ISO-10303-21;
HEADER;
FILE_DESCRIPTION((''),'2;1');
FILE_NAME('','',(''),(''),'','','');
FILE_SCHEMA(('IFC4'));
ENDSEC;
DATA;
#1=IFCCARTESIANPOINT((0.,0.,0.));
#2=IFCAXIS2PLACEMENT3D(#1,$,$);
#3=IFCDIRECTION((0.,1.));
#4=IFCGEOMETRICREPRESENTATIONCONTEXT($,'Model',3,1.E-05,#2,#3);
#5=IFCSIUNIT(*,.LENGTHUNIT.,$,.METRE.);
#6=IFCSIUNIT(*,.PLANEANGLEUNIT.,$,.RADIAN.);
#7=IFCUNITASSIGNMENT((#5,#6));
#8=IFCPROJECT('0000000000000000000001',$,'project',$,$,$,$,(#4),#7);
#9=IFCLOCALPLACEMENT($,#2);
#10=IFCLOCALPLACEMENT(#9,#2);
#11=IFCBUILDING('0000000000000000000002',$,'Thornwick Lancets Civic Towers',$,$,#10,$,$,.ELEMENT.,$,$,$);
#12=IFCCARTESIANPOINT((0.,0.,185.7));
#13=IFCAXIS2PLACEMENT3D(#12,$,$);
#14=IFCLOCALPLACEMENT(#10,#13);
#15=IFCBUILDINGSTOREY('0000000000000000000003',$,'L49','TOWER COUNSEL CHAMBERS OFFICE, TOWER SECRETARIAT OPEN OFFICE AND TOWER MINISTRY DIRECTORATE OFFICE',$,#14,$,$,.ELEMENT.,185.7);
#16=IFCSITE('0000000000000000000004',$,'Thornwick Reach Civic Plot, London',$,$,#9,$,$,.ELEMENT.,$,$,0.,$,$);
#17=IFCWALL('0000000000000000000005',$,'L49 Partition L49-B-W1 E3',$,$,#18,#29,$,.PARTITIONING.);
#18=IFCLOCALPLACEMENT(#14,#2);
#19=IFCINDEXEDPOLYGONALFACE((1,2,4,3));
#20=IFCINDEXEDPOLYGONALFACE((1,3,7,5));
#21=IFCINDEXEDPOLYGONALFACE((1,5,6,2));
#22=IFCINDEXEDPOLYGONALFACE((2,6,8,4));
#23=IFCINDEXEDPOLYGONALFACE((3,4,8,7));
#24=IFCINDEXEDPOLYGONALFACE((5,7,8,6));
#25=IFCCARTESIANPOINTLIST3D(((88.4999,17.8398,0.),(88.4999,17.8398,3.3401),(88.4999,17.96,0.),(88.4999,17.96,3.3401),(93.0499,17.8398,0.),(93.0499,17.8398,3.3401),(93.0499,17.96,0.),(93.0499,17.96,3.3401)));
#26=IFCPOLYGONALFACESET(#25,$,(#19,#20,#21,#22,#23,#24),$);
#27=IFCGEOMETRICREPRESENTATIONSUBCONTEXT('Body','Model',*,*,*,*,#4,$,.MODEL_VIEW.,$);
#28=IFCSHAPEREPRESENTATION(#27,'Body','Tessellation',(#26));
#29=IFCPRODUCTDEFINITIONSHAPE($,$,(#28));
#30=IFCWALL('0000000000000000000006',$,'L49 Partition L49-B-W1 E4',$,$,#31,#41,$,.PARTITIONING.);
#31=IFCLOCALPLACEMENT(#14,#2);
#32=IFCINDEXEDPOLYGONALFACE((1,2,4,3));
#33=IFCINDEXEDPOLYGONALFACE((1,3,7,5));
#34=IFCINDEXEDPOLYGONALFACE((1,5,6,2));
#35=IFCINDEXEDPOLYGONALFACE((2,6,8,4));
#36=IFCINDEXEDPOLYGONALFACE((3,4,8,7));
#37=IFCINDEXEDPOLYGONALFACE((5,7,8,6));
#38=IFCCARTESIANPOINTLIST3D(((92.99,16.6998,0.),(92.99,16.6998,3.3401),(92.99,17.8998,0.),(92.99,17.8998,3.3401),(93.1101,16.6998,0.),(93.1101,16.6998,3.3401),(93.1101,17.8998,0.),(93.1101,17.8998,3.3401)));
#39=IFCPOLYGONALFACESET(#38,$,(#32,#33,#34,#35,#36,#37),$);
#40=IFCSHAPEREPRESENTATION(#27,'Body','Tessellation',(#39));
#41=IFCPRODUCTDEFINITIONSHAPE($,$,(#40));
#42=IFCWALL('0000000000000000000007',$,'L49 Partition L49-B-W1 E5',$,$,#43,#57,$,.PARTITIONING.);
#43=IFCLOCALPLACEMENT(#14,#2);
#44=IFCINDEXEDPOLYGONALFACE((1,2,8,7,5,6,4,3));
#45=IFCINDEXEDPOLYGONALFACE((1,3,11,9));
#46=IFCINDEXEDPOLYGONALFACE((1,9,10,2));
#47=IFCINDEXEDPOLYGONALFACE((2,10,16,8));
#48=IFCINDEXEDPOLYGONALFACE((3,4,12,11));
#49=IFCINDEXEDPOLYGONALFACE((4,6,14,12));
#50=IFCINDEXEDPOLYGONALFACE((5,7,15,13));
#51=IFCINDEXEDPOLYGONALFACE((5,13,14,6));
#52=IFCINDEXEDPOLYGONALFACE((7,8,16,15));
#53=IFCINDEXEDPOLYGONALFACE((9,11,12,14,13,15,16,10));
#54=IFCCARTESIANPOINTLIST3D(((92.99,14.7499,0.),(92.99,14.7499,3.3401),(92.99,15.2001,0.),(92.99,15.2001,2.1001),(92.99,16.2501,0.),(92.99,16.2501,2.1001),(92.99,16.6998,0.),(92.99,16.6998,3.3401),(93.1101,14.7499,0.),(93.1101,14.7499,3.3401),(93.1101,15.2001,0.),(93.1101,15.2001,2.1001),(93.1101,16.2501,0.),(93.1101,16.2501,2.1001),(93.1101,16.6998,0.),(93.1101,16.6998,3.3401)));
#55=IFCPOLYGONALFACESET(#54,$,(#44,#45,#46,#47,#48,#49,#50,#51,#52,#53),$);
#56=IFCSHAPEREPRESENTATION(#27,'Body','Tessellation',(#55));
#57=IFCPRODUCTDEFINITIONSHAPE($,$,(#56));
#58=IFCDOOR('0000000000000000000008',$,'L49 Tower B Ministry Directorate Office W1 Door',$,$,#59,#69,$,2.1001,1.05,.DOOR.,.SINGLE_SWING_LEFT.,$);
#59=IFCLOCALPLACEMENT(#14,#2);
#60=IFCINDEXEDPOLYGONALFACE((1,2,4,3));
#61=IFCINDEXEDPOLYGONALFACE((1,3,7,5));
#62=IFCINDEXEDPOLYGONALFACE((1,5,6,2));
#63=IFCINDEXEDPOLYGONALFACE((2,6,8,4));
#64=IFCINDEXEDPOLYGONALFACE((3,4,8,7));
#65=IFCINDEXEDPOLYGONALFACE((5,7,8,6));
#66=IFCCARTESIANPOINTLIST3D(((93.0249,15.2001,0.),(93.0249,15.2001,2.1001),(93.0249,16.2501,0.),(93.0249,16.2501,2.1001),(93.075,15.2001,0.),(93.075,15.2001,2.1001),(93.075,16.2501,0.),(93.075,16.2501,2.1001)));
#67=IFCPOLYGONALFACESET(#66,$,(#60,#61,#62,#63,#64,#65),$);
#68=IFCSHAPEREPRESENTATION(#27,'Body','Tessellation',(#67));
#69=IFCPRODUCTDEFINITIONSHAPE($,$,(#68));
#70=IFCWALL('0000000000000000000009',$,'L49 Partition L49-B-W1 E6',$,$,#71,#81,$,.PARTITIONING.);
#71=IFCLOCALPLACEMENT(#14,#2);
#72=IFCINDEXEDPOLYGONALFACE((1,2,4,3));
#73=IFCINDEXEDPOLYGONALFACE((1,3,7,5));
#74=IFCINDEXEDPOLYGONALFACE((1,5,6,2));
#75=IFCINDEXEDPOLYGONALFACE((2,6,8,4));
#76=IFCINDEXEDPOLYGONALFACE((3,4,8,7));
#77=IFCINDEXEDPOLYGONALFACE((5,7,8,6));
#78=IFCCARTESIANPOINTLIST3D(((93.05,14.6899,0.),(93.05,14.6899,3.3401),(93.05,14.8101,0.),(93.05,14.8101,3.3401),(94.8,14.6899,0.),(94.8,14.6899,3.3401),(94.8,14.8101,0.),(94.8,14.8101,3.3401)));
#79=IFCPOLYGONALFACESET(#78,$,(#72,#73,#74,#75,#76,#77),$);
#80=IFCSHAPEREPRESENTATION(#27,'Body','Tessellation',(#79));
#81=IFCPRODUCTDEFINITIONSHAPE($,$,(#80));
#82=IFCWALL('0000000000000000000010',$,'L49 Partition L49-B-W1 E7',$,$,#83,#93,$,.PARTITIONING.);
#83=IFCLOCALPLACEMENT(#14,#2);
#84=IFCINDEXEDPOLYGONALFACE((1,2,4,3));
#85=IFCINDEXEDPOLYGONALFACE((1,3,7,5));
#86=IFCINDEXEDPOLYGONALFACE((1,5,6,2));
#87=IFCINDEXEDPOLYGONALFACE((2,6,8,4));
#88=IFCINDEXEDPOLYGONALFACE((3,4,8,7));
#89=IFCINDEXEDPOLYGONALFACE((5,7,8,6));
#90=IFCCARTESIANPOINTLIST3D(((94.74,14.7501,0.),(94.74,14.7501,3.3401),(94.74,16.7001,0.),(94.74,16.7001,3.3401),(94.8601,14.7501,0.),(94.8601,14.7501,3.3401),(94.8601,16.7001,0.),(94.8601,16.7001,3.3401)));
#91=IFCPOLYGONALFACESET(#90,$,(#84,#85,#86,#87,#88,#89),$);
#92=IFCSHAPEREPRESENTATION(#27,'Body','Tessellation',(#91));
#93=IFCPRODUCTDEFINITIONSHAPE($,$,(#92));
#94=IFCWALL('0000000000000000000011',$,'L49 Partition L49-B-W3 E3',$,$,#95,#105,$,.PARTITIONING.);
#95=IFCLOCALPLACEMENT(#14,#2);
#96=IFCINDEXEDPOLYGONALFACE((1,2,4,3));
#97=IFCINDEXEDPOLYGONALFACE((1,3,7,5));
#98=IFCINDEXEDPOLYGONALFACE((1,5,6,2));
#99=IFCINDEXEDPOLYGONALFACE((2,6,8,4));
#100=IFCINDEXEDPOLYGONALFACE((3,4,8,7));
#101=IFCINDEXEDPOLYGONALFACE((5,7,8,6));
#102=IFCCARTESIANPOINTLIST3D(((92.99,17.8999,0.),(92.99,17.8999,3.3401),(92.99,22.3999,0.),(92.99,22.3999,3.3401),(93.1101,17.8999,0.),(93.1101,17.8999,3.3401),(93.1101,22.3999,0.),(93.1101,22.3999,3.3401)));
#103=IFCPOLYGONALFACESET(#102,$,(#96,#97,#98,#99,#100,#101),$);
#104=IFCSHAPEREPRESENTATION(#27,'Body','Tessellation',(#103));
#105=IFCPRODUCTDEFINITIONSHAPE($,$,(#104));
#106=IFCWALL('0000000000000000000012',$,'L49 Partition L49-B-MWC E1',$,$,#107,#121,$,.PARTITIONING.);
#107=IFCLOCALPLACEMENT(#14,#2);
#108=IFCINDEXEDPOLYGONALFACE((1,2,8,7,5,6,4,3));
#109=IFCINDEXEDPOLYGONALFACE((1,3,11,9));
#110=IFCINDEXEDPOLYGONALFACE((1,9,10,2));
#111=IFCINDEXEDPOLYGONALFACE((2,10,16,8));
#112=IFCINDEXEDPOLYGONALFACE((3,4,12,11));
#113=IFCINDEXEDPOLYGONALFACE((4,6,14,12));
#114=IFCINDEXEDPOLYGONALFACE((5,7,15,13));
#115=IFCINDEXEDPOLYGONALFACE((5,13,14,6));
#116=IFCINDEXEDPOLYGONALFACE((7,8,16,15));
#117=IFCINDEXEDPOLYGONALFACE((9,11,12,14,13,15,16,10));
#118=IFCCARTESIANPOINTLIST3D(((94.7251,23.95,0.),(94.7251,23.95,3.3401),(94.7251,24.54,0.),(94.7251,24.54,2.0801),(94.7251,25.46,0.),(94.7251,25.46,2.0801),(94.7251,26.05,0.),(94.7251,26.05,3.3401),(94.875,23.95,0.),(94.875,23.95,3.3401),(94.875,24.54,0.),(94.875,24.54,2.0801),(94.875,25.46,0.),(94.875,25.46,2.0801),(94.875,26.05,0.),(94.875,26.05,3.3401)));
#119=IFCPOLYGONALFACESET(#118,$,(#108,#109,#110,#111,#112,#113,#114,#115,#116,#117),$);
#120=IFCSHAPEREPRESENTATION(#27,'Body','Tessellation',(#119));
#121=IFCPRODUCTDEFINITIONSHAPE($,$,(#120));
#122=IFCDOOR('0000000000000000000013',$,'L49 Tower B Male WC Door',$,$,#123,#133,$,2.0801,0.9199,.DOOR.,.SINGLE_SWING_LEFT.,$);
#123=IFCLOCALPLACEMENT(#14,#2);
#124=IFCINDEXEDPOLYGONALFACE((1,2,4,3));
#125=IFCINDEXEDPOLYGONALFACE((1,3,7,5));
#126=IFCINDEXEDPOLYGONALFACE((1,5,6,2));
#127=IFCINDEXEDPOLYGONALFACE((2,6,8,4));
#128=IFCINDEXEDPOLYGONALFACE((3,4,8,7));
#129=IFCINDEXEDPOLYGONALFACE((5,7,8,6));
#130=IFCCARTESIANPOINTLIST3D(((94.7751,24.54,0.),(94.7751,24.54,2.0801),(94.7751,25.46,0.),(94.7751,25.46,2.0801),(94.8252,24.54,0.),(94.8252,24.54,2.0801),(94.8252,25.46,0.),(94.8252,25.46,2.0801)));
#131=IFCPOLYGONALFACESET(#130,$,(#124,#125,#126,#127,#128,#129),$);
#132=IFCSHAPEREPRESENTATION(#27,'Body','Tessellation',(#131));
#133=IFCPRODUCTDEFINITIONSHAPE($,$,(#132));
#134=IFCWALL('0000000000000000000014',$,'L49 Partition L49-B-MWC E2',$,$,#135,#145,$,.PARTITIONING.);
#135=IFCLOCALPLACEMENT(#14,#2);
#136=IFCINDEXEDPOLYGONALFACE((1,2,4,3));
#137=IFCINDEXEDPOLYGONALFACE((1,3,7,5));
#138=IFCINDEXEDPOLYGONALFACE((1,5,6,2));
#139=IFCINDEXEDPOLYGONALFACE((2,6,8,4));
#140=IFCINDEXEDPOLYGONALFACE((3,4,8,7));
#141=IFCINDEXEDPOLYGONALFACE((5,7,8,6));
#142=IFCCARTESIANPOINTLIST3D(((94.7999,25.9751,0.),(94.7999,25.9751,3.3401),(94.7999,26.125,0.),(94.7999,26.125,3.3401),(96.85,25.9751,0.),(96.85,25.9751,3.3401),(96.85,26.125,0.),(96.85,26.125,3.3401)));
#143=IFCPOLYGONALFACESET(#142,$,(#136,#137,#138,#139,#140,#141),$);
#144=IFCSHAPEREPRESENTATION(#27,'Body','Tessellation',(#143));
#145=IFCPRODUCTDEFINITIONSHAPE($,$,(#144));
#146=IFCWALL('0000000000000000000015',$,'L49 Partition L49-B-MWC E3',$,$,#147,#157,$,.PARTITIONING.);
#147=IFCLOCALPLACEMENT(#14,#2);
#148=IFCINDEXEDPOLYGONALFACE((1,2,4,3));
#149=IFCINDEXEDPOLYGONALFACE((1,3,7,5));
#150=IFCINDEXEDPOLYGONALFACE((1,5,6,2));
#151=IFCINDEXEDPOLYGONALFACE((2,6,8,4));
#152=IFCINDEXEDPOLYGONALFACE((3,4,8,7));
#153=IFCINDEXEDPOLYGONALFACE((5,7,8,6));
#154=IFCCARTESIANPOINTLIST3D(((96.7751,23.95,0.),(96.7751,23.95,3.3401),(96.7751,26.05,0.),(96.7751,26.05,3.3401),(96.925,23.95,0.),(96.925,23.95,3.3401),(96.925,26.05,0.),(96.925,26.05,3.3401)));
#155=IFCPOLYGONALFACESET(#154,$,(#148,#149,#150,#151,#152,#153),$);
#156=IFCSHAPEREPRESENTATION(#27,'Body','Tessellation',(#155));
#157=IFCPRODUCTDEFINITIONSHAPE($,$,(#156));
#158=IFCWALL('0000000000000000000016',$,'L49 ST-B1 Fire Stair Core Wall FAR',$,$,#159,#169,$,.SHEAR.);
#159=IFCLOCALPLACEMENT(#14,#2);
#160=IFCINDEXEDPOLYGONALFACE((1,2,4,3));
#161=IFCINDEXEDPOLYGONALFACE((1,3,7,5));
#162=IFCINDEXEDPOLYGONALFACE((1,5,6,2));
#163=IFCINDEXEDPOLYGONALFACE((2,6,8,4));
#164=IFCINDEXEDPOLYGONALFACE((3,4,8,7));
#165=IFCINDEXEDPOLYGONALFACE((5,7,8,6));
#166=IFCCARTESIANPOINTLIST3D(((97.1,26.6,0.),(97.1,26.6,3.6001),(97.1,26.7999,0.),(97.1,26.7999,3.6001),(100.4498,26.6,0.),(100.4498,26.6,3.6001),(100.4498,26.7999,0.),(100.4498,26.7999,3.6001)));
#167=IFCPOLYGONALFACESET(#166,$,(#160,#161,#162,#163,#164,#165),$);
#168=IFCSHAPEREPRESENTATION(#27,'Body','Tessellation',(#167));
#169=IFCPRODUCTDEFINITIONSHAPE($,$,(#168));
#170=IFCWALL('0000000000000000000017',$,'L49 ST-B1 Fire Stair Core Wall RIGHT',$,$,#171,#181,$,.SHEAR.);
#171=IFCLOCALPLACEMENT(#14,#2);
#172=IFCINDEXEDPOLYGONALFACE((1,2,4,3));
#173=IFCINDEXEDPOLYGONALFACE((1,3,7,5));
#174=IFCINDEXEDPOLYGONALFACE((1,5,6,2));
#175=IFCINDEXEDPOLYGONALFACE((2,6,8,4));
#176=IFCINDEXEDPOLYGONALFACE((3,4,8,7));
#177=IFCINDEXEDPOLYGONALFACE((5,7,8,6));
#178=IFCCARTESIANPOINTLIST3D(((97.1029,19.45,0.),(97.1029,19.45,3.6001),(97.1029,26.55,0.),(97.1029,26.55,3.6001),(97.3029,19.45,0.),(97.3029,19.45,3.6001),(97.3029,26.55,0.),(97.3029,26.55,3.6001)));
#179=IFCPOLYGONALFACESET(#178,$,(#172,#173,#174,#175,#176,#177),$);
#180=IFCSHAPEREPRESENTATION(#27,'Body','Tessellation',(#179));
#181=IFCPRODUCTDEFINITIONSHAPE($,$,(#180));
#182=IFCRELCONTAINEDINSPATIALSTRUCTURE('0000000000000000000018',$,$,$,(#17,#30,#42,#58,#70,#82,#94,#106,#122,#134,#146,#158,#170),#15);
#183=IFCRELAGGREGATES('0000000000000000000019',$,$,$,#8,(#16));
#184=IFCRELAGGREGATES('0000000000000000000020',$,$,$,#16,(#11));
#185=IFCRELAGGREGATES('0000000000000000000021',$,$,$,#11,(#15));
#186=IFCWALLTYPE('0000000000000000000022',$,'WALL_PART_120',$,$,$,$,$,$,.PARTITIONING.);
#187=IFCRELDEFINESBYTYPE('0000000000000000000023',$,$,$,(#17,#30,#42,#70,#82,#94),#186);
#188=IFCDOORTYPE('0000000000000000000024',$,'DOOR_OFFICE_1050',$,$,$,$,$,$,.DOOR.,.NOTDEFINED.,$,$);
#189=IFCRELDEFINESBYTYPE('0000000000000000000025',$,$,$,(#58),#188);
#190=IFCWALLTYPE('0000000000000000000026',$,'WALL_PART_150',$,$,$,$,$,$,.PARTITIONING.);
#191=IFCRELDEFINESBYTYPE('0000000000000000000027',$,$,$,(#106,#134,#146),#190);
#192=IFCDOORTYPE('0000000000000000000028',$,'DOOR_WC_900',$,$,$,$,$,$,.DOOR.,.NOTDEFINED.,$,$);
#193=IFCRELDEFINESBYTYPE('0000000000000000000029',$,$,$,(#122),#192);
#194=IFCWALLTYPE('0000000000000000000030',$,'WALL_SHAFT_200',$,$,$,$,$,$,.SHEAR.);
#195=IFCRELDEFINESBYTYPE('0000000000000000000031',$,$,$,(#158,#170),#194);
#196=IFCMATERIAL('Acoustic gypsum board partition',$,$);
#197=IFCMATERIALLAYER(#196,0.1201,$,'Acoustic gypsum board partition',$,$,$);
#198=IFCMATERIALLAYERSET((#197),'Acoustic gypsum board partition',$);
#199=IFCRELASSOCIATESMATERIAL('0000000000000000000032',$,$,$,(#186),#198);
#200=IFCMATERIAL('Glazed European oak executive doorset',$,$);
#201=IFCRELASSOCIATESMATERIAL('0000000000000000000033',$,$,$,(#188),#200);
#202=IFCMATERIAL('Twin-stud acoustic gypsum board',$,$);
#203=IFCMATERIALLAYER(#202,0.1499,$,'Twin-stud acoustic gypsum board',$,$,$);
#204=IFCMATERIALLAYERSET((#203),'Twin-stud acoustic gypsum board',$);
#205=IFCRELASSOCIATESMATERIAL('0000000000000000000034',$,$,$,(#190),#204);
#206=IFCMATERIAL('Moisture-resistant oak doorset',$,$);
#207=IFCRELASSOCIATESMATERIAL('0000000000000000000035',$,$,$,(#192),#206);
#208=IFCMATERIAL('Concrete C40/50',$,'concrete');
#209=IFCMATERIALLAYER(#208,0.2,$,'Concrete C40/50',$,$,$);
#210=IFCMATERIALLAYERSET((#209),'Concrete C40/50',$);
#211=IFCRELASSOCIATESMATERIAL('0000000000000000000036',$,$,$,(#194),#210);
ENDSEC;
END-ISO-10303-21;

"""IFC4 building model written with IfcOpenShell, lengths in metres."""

from ifc_helpers import new_model, si_unit, direction, frame, frame_2d, origin, place, context, subcontext, project, spatial, rectangle, extrude, material, layer, layer_set, type_object, element, fill, save


model = new_model("IFC4")

# Units and contexts
model_context = context("Model", 3, precision=1e-05, world=origin(), true_north=direction((0.0, 1.0)))
body_context = subcontext(model_context, "Body", "Model", "MODEL_VIEW")
ifc_project = project(units=[si_unit("LENGTHUNIT", "METRE"), si_unit("PLANEANGLEUNIT", "RADIAN")], contexts=[model_context])

# Site, building, storey
site_placement = place(None, origin())
site = spatial("IfcSite", under=ifc_project, at=site_placement, Name="Thornwick Reach Civic Plot, London", CompositionType="ELEMENT", RefElevation=0.0)
building_placement = place(site_placement, origin())
building = spatial("IfcBuilding", under=site, at=building_placement, Name="Thornwick Lancets Civic Towers", CompositionType="ELEMENT")
storey_placement = place(building_placement, frame((0.0, 0.0, 185.7)))
storey = spatial("IfcBuildingStorey", under=building, at=storey_placement, Name="L49", Description="TOWER COUNSEL CHAMBERS OFFICE, TOWER SECRETARIAT OPEN OFFICE AND TOWER MINISTRY DIRECTORATE OFFICE", CompositionType="ELEMENT", Elevation=185.7)

# Walls
ifc_material_1 = material(Name="Acoustic gypsum board partition")
ifc_layer_1 = layer(ifc_material_1, 0.1201, Name="Acoustic gypsum board partition")
ifc_layer_set_1 = layer_set([ifc_layer_1], Name="Acoustic gypsum board partition")
wall_type_1 = type_object("IfcWallType", Name="WALL_PART_120", PredefinedType="PARTITIONING", material=ifc_layer_set_1)
wall_1_placement = place(storey_placement, frame((88.5, 17.8999, 0.0), z_axis=(0.0, 0.0, 1.0), x_axis=(1.0, 0.0, 0.0)))
element("IfcWall", 1, at=wall_1_placement, inside=storey, type_object=wall_type_1, Name="L49 Partition L49-B-W1 E3", PredefinedType="PARTITIONING", context=body_context, shape_type="SweptSolid", body=[
    extrude(rectangle(XDim=4.55, YDim=0.1201, at=frame_2d((2.2749, 0.0))), origin(), (0.0, 0.0, 1.0), 3.3401),
])
wall_2_placement = place(storey_placement, frame((93.05, 17.8999, 0.0), z_axis=(0.0, 0.0, 1.0), x_axis=(0.0, -1.0, 0.0)))
element("IfcWall", 2, at=wall_2_placement, inside=storey, type_object=wall_type_1, Name="L49 Partition L49-B-W1 E4", PredefinedType="PARTITIONING", context=body_context, shape_type="SweptSolid", body=[
    extrude(rectangle(XDim=1.2, YDim=0.1201, at=frame_2d((0.6001, 0.0))), origin(), (0.0, 0.0, 1.0), 3.3401),
])

# Wall, opening, door
wall_3_placement = place(storey_placement, frame((93.05, 16.7, 0.0), z_axis=(0.0, 0.0, 1.0), x_axis=(0.0, -1.0, 0.0)))
wall_3 = element("IfcWall", 3, at=wall_3_placement, inside=storey, type_object=wall_type_1, Name="L49 Partition L49-B-W1 E5", PredefinedType="PARTITIONING", context=body_context, shape_type="SweptSolid", body=[
    extrude(rectangle(XDim=1.95, YDim=0.1201, at=frame_2d((0.9751, 0.0))), origin(), (0.0, 0.0, 1.0), 3.3401),
])
opening_1_placement = place(wall_3_placement, frame((0.45, 0.0, 0.0)))
opening_1 = element("IfcOpeningElement", 4, at=opening_1_placement, cuts=wall_3, PredefinedType="OPENING", context=body_context, shape_type="SweptSolid", body=[
    extrude(rectangle(XDim=1.05, YDim=2.1001, at=frame_2d((0.5249, 1.05))), frame((0.0, 0.0701, 0.0), z_axis=(0.0, -1.0, 0.0), x_axis=(1.0, 0.0, 0.0)), (0.0, 0.0, 1.0), 0.1401),
])
ifc_material_2 = material(Name="Glazed European oak executive doorset")
door_type_1 = type_object("IfcDoorType", Name="DOOR_OFFICE_1050", OperationType="NOTDEFINED", PredefinedType="DOOR", material=ifc_material_2)
door_1_placement = place(opening_1_placement, origin())
door_1 = element("IfcDoor", 5, at=door_1_placement, inside=storey, type_object=door_type_1, Name="L49 Tower B Ministry Directorate Office W1 Door", OperationType="SINGLE_SWING_LEFT", OverallHeight=2.1001, OverallWidth=1.05, PredefinedType="DOOR", context=body_context, shape_type="SweptSolid", body=[
    extrude(rectangle(XDim=1.05, YDim=2.1001, at=frame_2d((0.5249, 1.05))), frame((0.0, 0.0249, 0.0), z_axis=(0.0, -1.0, 0.0), x_axis=(1.0, 0.0, 0.0)), (0.0, 0.0, 1.0), 0.05),
])
fill(opening_1, door_1)

# Walls
wall_4_placement = place(storey_placement, frame((93.05, 14.75, 0.0), z_axis=(0.0, 0.0, 1.0), x_axis=(1.0, 0.0, 0.0)))
element("IfcWall", 6, at=wall_4_placement, inside=storey, type_object=wall_type_1, Name="L49 Partition L49-B-W1 E6", PredefinedType="PARTITIONING", context=body_context, shape_type="SweptSolid", body=[
    extrude(rectangle(XDim=1.75, YDim=0.1201, at=frame_2d((0.875, 0.0))), origin(), (0.0, 0.0, 1.0), 3.3401),
])
wall_5_placement = place(storey_placement, frame((94.8, 14.75, 0.0), z_axis=(0.0, 0.0, 1.0), x_axis=(0.0, 1.0, 0.0)))
element("IfcWall", 7, at=wall_5_placement, inside=storey, type_object=wall_type_1, Name="L49 Partition L49-B-W1 E7", PredefinedType="PARTITIONING", context=body_context, shape_type="SweptSolid", body=[
    extrude(rectangle(XDim=1.95, YDim=0.1201, at=frame_2d((0.9751, 0.0))), origin(), (0.0, 0.0, 1.0), 3.3401),
])
wall_6_placement = place(storey_placement, frame((93.05, 22.3999, 0.0), z_axis=(0.0, 0.0, 1.0), x_axis=(0.0, -1.0, 0.0)))
element("IfcWall", 8, at=wall_6_placement, inside=storey, type_object=wall_type_1, Name="L49 Partition L49-B-W3 E3", PredefinedType="PARTITIONING", context=body_context, shape_type="SweptSolid", body=[
    extrude(rectangle(XDim=4.5, YDim=0.1201, at=frame_2d((2.25, 0.0))), origin(), (0.0, 0.0, 1.0), 3.3401),
])

# Wall, opening, door
ifc_material_3 = material(Name="Twin-stud acoustic gypsum board")
ifc_layer_2 = layer(ifc_material_3, 0.1499, Name="Twin-stud acoustic gypsum board")
ifc_layer_set_2 = layer_set([ifc_layer_2], Name="Twin-stud acoustic gypsum board")
wall_type_2 = type_object("IfcWallType", Name="WALL_PART_150", PredefinedType="PARTITIONING", material=ifc_layer_set_2)
wall_7_placement = place(storey_placement, frame((94.8, 23.95, 0.0), z_axis=(0.0, 0.0, 1.0), x_axis=(0.0, 1.0, 0.0)))
wall_7 = element("IfcWall", 9, at=wall_7_placement, inside=storey, type_object=wall_type_2, Name="L49 Partition L49-B-MWC E1", PredefinedType="PARTITIONING", context=body_context, shape_type="SweptSolid", body=[
    extrude(rectangle(XDim=2.1001, YDim=0.1499, at=frame_2d((1.05, 0.0))), origin(), (0.0, 0.0, 1.0), 3.3401),
])
opening_2_placement = place(wall_7_placement, frame((0.5901, 0.0, 0.0)))
opening_2 = element("IfcOpeningElement", 10, at=opening_2_placement, cuts=wall_7, PredefinedType="OPENING", context=body_context, shape_type="SweptSolid", body=[
    extrude(rectangle(XDim=0.9199, YDim=2.0801, at=frame_2d((0.46, 1.04))), frame((0.0, 0.085, 0.0), z_axis=(0.0, -1.0, 0.0), x_axis=(1.0, 0.0, 0.0)), (0.0, 0.0, 1.0), 0.1699),
])
ifc_material_4 = material(Name="Moisture-resistant oak doorset")
door_type_2 = type_object("IfcDoorType", Name="DOOR_WC_900", OperationType="NOTDEFINED", PredefinedType="DOOR", material=ifc_material_4)
door_2_placement = place(opening_2_placement, origin())
door_2 = element("IfcDoor", 11, at=door_2_placement, inside=storey, type_object=door_type_2, Name="L49 Tower B Male WC Door", OperationType="SINGLE_SWING_LEFT", OverallHeight=2.0801, OverallWidth=0.9199, PredefinedType="DOOR", context=body_context, shape_type="SweptSolid", body=[
    extrude(rectangle(XDim=0.9199, YDim=2.0801, at=frame_2d((0.46, 1.04))), frame((0.0, 0.0249, 0.0), z_axis=(0.0, -1.0, 0.0), x_axis=(1.0, 0.0, 0.0)), (0.0, 0.0, 1.0), 0.05),
])
fill(opening_2, door_2)

# Walls
wall_8_placement = place(storey_placement, frame((94.8, 26.05, 0.0), z_axis=(0.0, 0.0, 1.0), x_axis=(1.0, 0.0, 0.0)))
element("IfcWall", 12, at=wall_8_placement, inside=storey, type_object=wall_type_2, Name="L49 Partition L49-B-MWC E2", PredefinedType="PARTITIONING", context=body_context, shape_type="SweptSolid", body=[
    extrude(rectangle(XDim=2.05, YDim=0.1499, at=frame_2d((1.0249, 0.0))), origin(), (0.0, 0.0, 1.0), 3.3401),
])
wall_9_placement = place(storey_placement, frame((96.8501, 26.05, 0.0), z_axis=(0.0, 0.0, 1.0), x_axis=(0.0, -1.0, 0.0)))
element("IfcWall", 13, at=wall_9_placement, inside=storey, type_object=wall_type_2, Name="L49 Partition L49-B-MWC E3", PredefinedType="PARTITIONING", context=body_context, shape_type="SweptSolid", body=[
    extrude(rectangle(XDim=2.1001, YDim=0.1499, at=frame_2d((1.05, 0.0))), origin(), (0.0, 0.0, 1.0), 3.3401),
])
ifc_material_5 = material(Name="Concrete C40/50", Category="concrete")
ifc_layer_3 = layer(ifc_material_5, 0.2, Name="Concrete C40/50")
ifc_layer_set_3 = layer_set([ifc_layer_3], Name="Concrete C40/50")
wall_type_3 = type_object("IfcWallType", Name="WALL_SHAFT_200", PredefinedType="SHEAR", material=ifc_layer_set_3)
wall_10_placement = place(storey_placement, frame((97.1001, 26.7, 0.0), z_axis=(0.0, 0.0, 1.0), x_axis=(1.0, 0.0, 0.0)))
element("IfcWall", 14, at=wall_10_placement, inside=storey, type_object=wall_type_3, Name="L49 ST-B1 Fire Stair Core Wall FAR", PredefinedType="SHEAR", context=body_context, shape_type="SweptSolid", body=[
    extrude(rectangle(XDim=3.3499, YDim=0.2, at=frame_2d((1.6748, 0.0))), origin(), (0.0, 0.0, 1.0), 3.6001),
])
wall_11_placement = place(storey_placement, frame((97.2029, 26.55, 0.0), z_axis=(0.0, 0.0, 1.0), x_axis=(0.0, -1.0, 0.0)))
element("IfcWall", 15, at=wall_11_placement, inside=storey, type_object=wall_type_3, Name="L49 ST-B1 Fire Stair Core Wall RIGHT", PredefinedType="SHEAR", context=body_context, shape_type="SweptSolid", body=[
    extrude(rectangle(XDim=7.1001, YDim=0.2, at=frame_2d((3.55, 0.0))), origin(), (0.0, 0.0, 1.0), 3.6001),
])

save(model, "model.ifc")
